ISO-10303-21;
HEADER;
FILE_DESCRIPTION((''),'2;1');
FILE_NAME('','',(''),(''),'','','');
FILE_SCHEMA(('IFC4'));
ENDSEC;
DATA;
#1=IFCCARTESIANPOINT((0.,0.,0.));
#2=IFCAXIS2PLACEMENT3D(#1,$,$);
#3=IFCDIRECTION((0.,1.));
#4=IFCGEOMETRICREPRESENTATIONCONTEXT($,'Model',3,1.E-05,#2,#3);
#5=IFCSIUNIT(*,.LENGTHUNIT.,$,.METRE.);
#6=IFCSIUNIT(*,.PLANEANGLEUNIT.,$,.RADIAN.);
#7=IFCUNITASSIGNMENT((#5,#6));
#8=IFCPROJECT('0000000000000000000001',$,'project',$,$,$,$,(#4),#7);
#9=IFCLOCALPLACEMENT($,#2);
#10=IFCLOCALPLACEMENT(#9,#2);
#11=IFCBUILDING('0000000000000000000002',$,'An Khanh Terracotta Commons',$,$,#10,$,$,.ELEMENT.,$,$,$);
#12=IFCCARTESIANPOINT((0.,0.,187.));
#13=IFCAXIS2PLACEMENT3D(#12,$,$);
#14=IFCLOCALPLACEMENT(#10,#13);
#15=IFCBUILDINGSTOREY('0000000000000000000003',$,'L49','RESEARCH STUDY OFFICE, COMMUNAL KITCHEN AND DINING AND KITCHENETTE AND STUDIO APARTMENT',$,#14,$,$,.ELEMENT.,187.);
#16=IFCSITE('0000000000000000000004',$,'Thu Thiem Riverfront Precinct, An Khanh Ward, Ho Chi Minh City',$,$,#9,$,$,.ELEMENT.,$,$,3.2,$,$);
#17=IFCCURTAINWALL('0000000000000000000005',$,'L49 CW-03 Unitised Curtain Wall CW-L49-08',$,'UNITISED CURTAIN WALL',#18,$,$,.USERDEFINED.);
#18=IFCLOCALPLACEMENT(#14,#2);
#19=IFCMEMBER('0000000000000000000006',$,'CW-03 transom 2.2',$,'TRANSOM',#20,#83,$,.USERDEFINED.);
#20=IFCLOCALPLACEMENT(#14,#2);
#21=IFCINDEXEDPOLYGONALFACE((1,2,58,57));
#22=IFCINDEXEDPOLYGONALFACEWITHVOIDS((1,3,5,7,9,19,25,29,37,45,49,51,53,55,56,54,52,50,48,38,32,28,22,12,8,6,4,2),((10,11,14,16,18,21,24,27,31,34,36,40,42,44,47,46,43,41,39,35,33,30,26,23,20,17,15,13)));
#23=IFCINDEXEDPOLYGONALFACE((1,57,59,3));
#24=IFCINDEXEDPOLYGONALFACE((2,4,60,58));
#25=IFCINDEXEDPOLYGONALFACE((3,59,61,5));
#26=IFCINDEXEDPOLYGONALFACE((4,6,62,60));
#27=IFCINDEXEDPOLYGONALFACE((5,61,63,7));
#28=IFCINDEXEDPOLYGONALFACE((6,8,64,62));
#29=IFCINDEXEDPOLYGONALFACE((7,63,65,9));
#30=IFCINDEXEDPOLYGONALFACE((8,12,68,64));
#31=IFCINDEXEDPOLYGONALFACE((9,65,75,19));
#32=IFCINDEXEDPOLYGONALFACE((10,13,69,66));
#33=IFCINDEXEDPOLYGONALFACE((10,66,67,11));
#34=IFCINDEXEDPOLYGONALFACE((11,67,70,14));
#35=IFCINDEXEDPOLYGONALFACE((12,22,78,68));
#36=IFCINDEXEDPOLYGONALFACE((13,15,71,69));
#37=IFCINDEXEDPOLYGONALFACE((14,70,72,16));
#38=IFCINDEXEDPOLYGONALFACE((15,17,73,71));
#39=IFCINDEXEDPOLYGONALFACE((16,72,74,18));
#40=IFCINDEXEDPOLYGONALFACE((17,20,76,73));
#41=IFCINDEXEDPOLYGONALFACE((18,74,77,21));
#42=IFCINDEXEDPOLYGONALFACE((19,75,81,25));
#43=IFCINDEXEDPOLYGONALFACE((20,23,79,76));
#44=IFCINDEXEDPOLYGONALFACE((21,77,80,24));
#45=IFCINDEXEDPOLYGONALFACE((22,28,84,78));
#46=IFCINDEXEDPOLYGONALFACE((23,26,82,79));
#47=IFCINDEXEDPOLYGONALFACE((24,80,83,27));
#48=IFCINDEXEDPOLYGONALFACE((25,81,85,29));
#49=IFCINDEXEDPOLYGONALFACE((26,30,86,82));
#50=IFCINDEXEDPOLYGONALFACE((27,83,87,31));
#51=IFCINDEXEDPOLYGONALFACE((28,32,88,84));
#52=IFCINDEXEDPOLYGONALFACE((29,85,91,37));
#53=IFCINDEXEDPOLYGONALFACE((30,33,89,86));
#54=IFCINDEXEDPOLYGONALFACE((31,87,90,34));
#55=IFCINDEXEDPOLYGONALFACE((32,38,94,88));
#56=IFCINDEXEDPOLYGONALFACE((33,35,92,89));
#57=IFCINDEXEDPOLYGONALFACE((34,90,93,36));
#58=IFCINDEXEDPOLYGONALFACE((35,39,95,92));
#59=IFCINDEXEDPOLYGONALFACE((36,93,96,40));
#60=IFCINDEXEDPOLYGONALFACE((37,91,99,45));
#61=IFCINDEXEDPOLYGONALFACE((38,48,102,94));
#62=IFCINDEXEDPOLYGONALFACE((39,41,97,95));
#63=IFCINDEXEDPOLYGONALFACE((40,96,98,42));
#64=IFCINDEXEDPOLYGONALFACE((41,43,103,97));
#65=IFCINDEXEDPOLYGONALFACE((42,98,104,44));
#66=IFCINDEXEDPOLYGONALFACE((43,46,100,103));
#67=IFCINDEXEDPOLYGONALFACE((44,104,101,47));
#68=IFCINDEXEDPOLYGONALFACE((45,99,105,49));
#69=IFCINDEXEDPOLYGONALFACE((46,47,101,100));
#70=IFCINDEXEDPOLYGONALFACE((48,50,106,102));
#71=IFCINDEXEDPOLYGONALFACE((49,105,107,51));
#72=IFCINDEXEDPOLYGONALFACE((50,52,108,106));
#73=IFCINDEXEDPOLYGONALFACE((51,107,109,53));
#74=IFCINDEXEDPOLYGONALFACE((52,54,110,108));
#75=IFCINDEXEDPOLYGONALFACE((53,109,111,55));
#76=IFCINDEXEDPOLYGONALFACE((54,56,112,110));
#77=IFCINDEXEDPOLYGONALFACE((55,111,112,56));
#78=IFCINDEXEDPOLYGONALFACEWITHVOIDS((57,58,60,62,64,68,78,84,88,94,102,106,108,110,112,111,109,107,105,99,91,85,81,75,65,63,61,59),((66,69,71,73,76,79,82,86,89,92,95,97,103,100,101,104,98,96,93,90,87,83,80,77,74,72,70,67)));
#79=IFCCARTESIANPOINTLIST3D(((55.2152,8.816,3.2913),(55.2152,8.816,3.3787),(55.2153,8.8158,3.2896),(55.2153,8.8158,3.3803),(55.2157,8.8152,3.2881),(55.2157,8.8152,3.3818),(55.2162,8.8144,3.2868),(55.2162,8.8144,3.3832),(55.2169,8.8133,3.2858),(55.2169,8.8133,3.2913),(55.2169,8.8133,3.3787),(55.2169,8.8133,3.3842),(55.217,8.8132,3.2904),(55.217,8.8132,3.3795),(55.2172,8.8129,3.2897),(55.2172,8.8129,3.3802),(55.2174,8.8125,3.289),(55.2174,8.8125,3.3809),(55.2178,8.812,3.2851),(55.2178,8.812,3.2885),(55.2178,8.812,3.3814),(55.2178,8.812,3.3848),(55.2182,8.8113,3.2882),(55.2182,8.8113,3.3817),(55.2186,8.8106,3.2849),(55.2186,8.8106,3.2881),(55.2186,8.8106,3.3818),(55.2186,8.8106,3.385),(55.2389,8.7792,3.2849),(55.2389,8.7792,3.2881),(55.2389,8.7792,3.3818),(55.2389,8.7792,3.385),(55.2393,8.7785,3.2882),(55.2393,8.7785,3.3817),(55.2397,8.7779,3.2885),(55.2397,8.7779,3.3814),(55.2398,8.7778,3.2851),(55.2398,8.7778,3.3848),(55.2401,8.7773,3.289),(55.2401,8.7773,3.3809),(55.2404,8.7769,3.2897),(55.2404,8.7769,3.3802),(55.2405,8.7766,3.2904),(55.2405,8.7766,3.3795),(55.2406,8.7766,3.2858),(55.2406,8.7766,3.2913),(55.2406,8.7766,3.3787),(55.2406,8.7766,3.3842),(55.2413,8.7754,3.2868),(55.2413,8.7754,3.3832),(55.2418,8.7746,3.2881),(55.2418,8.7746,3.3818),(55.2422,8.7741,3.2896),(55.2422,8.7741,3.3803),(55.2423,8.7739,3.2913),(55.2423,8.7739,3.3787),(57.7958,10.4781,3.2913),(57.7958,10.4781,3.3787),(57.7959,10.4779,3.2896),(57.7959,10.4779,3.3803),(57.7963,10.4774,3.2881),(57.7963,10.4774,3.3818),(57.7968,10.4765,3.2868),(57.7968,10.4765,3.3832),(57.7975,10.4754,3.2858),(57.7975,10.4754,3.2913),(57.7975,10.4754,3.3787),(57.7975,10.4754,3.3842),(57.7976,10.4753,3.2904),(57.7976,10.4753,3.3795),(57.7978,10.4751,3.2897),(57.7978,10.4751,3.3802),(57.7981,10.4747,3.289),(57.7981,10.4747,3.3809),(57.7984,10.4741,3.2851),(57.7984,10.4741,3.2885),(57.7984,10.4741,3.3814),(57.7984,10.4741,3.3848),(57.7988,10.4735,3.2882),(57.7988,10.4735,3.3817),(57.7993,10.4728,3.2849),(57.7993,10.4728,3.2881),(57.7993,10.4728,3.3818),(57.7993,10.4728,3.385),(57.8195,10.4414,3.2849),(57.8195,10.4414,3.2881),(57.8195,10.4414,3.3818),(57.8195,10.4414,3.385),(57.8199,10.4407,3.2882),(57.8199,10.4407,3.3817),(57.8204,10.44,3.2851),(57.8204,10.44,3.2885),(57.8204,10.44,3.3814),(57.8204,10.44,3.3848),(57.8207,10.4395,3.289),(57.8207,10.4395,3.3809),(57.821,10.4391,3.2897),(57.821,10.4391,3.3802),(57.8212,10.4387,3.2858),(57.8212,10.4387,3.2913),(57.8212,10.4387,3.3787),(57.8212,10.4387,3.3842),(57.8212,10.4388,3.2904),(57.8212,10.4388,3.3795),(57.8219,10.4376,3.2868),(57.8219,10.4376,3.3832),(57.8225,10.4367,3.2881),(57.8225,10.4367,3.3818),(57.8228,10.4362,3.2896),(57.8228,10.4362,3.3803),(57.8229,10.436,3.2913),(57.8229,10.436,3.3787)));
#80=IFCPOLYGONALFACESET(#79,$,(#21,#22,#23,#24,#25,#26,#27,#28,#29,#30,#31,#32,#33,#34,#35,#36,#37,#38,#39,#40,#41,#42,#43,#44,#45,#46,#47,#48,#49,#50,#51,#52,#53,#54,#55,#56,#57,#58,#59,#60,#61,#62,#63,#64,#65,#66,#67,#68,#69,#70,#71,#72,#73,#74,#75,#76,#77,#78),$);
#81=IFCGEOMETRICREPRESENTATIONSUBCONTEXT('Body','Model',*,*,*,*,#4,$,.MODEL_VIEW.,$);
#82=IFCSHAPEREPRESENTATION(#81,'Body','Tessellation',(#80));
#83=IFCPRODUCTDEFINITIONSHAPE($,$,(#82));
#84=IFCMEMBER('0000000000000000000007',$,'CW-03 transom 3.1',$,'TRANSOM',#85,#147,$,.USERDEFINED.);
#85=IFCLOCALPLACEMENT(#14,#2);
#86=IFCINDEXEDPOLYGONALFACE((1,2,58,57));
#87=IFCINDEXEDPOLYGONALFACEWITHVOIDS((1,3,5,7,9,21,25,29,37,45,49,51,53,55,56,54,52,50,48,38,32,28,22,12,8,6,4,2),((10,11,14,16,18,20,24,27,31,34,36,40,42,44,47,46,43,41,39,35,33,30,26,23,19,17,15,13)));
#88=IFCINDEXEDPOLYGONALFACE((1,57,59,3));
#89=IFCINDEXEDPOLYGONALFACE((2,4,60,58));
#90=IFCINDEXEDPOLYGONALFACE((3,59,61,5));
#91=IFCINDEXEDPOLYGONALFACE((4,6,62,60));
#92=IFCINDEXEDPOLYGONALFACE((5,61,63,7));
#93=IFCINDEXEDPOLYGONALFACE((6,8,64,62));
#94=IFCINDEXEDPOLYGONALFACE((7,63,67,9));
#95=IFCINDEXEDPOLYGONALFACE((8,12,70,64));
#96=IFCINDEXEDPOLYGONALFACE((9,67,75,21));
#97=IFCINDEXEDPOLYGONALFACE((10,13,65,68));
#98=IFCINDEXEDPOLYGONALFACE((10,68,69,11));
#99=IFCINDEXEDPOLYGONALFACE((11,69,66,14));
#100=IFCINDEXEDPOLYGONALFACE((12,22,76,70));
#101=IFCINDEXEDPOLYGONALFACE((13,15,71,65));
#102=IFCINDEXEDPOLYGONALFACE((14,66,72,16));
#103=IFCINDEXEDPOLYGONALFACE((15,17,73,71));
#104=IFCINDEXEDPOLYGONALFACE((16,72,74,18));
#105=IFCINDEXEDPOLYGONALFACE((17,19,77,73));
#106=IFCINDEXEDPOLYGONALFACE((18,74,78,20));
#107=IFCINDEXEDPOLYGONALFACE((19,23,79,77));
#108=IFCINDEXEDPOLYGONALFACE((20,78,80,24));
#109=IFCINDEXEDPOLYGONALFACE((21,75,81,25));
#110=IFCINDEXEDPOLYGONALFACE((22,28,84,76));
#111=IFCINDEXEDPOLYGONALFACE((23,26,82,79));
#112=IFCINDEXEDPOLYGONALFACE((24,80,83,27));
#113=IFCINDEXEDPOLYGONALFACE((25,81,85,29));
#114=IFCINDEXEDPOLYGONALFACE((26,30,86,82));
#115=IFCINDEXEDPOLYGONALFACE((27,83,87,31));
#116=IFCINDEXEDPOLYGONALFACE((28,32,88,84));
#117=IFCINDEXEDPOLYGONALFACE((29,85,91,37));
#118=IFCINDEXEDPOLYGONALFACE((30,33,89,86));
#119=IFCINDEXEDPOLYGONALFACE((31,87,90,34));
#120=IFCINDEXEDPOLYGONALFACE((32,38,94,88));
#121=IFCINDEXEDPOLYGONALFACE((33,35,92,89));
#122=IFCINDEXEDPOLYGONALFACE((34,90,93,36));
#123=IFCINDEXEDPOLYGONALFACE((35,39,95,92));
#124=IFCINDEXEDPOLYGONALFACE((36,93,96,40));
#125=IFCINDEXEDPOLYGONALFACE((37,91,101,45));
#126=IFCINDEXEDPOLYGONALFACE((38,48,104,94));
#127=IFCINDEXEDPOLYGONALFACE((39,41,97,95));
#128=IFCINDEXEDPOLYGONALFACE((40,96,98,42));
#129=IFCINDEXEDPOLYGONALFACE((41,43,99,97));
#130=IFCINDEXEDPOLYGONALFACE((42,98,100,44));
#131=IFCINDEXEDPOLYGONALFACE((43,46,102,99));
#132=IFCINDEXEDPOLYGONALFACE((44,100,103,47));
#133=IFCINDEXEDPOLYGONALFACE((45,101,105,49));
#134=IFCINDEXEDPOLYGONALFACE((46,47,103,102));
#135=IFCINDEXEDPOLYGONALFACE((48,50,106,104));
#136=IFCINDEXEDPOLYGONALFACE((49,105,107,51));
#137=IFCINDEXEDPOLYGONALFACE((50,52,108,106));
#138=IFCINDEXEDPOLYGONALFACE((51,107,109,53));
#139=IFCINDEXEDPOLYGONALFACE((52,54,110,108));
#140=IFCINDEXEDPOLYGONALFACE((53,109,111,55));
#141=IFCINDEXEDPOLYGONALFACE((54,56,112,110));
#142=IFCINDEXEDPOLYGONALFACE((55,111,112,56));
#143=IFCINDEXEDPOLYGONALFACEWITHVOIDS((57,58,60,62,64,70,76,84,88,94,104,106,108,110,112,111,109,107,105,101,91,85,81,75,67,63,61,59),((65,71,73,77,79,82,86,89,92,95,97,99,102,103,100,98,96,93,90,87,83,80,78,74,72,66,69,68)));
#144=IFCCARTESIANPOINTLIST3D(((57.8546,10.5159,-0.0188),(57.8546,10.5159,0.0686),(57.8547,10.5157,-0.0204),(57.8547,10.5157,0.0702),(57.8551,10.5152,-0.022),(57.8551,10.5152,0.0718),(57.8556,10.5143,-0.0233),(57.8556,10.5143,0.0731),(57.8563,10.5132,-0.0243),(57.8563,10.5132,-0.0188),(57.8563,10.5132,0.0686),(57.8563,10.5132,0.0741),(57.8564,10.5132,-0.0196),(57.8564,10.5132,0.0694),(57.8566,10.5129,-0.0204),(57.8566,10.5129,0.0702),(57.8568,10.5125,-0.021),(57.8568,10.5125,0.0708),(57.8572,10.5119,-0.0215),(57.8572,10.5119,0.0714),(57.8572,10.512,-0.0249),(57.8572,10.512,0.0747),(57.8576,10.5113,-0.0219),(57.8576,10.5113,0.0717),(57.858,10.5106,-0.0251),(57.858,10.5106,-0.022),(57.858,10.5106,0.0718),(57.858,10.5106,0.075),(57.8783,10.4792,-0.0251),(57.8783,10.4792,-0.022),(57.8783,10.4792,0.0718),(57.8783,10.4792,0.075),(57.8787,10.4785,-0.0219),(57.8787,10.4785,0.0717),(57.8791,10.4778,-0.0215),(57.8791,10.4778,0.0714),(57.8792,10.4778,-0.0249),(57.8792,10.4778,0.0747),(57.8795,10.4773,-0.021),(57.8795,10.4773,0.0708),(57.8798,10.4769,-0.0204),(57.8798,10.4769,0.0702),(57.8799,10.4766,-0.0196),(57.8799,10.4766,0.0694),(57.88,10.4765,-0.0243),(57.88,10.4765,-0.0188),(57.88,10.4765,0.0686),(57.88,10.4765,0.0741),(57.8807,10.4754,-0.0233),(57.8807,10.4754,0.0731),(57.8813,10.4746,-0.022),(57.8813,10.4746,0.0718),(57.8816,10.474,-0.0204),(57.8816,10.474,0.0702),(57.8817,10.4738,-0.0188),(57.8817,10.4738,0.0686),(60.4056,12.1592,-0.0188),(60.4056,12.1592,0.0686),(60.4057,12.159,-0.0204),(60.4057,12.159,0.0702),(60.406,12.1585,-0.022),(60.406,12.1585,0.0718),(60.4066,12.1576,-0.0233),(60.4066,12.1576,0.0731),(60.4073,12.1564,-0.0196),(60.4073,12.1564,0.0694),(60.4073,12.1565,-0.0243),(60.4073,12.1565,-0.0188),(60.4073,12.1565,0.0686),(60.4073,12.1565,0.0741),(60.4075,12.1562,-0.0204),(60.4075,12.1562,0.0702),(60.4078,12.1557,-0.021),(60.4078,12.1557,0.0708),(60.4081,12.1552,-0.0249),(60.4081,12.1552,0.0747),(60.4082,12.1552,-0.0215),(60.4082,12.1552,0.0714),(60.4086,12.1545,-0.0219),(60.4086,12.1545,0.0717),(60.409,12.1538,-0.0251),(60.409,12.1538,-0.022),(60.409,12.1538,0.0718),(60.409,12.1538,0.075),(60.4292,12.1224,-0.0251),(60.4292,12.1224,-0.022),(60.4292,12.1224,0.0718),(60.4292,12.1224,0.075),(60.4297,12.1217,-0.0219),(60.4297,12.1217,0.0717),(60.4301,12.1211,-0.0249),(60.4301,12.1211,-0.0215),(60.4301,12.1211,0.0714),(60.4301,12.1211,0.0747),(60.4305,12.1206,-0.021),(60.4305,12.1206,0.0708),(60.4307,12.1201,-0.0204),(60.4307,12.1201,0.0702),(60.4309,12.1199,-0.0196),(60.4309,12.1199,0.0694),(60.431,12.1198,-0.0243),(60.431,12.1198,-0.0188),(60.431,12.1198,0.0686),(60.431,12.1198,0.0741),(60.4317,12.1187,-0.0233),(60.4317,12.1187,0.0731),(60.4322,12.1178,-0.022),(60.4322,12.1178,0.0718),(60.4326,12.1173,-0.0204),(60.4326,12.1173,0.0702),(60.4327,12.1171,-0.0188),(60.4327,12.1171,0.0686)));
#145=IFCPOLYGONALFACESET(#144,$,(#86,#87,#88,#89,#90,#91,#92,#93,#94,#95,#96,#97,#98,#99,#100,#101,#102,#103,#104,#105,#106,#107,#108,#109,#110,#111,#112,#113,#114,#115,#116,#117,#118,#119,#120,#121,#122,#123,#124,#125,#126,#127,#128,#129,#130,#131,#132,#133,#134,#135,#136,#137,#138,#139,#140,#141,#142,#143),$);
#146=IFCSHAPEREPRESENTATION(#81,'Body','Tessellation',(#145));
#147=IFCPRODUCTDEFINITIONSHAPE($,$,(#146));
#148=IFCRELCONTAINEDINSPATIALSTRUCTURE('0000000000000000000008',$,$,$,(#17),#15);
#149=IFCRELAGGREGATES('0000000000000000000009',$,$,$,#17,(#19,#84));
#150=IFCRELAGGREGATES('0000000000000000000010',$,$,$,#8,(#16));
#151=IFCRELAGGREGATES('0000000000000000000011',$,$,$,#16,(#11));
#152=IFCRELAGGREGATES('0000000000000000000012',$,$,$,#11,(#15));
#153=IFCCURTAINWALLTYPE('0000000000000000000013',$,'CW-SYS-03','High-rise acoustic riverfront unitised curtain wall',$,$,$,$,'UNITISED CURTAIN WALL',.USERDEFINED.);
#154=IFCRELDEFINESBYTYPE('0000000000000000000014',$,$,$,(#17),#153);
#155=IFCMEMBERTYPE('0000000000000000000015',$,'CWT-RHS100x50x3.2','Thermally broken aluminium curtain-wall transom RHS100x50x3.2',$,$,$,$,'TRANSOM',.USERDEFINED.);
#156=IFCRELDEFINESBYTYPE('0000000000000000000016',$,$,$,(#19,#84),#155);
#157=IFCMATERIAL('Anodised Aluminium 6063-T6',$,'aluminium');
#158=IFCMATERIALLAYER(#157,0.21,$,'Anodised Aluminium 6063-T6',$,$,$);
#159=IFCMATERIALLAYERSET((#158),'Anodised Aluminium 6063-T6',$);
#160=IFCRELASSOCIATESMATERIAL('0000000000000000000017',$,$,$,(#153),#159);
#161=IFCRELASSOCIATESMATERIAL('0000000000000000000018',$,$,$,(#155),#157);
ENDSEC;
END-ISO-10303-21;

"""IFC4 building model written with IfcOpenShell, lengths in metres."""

from ifc_helpers import new_model, si_unit, direction, frame, origin, origin_2d, place, context, subcontext, project, spatial, hollow_rectangle, extrude, material, layer, layer_set, material_profile, profile_set, type_object, element, aggregate, save


model = new_model("IFC4")

# Units and contexts
model_context = context("Model", 3, precision=1e-05, world=origin(), true_north=direction((0.0, 1.0)))
body_context = subcontext(model_context, "Body", "Model", "MODEL_VIEW")
ifc_project = project(units=[si_unit("LENGTHUNIT", "METRE"), si_unit("PLANEANGLEUNIT", "RADIAN")], contexts=[model_context])

# Site, building, storey
site_placement = place(None, origin())
site = spatial("IfcSite", under=ifc_project, at=site_placement, Name="Thu Thiem Riverfront Precinct, An Khanh Ward, Ho Chi Minh City", CompositionType="ELEMENT", RefElevation=3.2)
building_placement = place(site_placement, origin())
building = spatial("IfcBuilding", under=site, at=building_placement, Name="An Khanh Terracotta Commons", CompositionType="ELEMENT")
storey_placement = place(building_placement, frame((0.0, 0.0, 187.0)))
storey = spatial("IfcBuildingStorey", under=building, at=storey_placement, Name="L49", Description="RESEARCH STUDY OFFICE, COMMUNAL KITCHEN AND DINING AND KITCHENETTE AND STUDIO APARTMENT", CompositionType="ELEMENT", Elevation=187.0)

# Curtain wall
ifc_material_1 = material(Name="Anodised Aluminium 6063-T6", Category="aluminium")
ifc_layer_1 = layer(ifc_material_1, 0.21, Name="Anodised Aluminium 6063-T6")
ifc_layer_set_1 = layer_set([ifc_layer_1], Name="Anodised Aluminium 6063-T6")
curtain_wall_type = type_object("IfcCurtainWallType", Name="CW-SYS-03", Description="High-rise acoustic riverfront unitised curtain wall", ElementType="UNITISED CURTAIN WALL", PredefinedType="USERDEFINED", material=ifc_layer_set_1)
curtain_wall_1_placement = place(storey_placement, origin())
curtain_wall_1 = element("IfcCurtainWall", 1, at=curtain_wall_1_placement, inside=storey, type_object=curtain_wall_type, Name="L49 CW-03 Unitised Curtain Wall CW-L49-08", ObjectType="UNITISED CURTAIN WALL", PredefinedType="USERDEFINED")

# Members
ifc_material_profile_1 = material_profile(ifc_material_1, hollow_rectangle(XDim=0.05, YDim=0.1001, WallThickness=0.0032, InnerFilletRadius=0.0032, OuterFilletRadius=0.0063, at=origin_2d()), Name="RHS100x50x3.2")
ifc_profile_set_1 = profile_set([ifc_material_profile_1], Name="Anodised Aluminium 6063-T6")
member_type_1 = type_object("IfcMemberType", Name="CWT-RHS100x50x3.2", Description="Thermally broken aluminium curtain-wall transom RHS100x50x3.2", ElementType="TRANSOM", PredefinedType="USERDEFINED", material=ifc_profile_set_1)
member_1_placement = place(storey_placement, frame((55.2288, 8.7949, 3.335), z_axis=(0.840708, 0.541489, 0.0), x_axis=(-0.541489, 0.840708, 0.0)))
member_1 = element("IfcMember", 2, at=member_1_placement, type_object=member_type_1, Name="CW-03 transom 2.2", ObjectType="TRANSOM", PredefinedType="USERDEFINED", context=body_context, shape_type="SweptSolid", body=[
    extrude(hollow_rectangle(XDim=0.05, YDim=0.1001, WallThickness=0.0032, InnerFilletRadius=0.0032, OuterFilletRadius=0.0063, at=origin_2d()), origin(), (0.0, 0.0, 1.0), 3.0696),
])
member_2_placement = place(storey_placement, frame((57.8682, 10.4949, 0.0249), z_axis=(0.840674, 0.541542, 0.0), x_axis=(-0.541542, 0.840674, 0.0)))
member_2 = element("IfcMember", 3, at=member_2_placement, type_object=member_type_1, Name="CW-03 transom 3.1", ObjectType="TRANSOM", PredefinedType="USERDEFINED", context=body_context, shape_type="SweptSolid", body=[
    extrude(hollow_rectangle(XDim=0.05, YDim=0.1001, WallThickness=0.0032, InnerFilletRadius=0.0032, OuterFilletRadius=0.0063, at=origin_2d()), origin(), (0.0, 0.0, 1.0), 3.0344),
])

aggregate(curtain_wall_1, [member_1, member_2])

save(model, "model.ifc")
